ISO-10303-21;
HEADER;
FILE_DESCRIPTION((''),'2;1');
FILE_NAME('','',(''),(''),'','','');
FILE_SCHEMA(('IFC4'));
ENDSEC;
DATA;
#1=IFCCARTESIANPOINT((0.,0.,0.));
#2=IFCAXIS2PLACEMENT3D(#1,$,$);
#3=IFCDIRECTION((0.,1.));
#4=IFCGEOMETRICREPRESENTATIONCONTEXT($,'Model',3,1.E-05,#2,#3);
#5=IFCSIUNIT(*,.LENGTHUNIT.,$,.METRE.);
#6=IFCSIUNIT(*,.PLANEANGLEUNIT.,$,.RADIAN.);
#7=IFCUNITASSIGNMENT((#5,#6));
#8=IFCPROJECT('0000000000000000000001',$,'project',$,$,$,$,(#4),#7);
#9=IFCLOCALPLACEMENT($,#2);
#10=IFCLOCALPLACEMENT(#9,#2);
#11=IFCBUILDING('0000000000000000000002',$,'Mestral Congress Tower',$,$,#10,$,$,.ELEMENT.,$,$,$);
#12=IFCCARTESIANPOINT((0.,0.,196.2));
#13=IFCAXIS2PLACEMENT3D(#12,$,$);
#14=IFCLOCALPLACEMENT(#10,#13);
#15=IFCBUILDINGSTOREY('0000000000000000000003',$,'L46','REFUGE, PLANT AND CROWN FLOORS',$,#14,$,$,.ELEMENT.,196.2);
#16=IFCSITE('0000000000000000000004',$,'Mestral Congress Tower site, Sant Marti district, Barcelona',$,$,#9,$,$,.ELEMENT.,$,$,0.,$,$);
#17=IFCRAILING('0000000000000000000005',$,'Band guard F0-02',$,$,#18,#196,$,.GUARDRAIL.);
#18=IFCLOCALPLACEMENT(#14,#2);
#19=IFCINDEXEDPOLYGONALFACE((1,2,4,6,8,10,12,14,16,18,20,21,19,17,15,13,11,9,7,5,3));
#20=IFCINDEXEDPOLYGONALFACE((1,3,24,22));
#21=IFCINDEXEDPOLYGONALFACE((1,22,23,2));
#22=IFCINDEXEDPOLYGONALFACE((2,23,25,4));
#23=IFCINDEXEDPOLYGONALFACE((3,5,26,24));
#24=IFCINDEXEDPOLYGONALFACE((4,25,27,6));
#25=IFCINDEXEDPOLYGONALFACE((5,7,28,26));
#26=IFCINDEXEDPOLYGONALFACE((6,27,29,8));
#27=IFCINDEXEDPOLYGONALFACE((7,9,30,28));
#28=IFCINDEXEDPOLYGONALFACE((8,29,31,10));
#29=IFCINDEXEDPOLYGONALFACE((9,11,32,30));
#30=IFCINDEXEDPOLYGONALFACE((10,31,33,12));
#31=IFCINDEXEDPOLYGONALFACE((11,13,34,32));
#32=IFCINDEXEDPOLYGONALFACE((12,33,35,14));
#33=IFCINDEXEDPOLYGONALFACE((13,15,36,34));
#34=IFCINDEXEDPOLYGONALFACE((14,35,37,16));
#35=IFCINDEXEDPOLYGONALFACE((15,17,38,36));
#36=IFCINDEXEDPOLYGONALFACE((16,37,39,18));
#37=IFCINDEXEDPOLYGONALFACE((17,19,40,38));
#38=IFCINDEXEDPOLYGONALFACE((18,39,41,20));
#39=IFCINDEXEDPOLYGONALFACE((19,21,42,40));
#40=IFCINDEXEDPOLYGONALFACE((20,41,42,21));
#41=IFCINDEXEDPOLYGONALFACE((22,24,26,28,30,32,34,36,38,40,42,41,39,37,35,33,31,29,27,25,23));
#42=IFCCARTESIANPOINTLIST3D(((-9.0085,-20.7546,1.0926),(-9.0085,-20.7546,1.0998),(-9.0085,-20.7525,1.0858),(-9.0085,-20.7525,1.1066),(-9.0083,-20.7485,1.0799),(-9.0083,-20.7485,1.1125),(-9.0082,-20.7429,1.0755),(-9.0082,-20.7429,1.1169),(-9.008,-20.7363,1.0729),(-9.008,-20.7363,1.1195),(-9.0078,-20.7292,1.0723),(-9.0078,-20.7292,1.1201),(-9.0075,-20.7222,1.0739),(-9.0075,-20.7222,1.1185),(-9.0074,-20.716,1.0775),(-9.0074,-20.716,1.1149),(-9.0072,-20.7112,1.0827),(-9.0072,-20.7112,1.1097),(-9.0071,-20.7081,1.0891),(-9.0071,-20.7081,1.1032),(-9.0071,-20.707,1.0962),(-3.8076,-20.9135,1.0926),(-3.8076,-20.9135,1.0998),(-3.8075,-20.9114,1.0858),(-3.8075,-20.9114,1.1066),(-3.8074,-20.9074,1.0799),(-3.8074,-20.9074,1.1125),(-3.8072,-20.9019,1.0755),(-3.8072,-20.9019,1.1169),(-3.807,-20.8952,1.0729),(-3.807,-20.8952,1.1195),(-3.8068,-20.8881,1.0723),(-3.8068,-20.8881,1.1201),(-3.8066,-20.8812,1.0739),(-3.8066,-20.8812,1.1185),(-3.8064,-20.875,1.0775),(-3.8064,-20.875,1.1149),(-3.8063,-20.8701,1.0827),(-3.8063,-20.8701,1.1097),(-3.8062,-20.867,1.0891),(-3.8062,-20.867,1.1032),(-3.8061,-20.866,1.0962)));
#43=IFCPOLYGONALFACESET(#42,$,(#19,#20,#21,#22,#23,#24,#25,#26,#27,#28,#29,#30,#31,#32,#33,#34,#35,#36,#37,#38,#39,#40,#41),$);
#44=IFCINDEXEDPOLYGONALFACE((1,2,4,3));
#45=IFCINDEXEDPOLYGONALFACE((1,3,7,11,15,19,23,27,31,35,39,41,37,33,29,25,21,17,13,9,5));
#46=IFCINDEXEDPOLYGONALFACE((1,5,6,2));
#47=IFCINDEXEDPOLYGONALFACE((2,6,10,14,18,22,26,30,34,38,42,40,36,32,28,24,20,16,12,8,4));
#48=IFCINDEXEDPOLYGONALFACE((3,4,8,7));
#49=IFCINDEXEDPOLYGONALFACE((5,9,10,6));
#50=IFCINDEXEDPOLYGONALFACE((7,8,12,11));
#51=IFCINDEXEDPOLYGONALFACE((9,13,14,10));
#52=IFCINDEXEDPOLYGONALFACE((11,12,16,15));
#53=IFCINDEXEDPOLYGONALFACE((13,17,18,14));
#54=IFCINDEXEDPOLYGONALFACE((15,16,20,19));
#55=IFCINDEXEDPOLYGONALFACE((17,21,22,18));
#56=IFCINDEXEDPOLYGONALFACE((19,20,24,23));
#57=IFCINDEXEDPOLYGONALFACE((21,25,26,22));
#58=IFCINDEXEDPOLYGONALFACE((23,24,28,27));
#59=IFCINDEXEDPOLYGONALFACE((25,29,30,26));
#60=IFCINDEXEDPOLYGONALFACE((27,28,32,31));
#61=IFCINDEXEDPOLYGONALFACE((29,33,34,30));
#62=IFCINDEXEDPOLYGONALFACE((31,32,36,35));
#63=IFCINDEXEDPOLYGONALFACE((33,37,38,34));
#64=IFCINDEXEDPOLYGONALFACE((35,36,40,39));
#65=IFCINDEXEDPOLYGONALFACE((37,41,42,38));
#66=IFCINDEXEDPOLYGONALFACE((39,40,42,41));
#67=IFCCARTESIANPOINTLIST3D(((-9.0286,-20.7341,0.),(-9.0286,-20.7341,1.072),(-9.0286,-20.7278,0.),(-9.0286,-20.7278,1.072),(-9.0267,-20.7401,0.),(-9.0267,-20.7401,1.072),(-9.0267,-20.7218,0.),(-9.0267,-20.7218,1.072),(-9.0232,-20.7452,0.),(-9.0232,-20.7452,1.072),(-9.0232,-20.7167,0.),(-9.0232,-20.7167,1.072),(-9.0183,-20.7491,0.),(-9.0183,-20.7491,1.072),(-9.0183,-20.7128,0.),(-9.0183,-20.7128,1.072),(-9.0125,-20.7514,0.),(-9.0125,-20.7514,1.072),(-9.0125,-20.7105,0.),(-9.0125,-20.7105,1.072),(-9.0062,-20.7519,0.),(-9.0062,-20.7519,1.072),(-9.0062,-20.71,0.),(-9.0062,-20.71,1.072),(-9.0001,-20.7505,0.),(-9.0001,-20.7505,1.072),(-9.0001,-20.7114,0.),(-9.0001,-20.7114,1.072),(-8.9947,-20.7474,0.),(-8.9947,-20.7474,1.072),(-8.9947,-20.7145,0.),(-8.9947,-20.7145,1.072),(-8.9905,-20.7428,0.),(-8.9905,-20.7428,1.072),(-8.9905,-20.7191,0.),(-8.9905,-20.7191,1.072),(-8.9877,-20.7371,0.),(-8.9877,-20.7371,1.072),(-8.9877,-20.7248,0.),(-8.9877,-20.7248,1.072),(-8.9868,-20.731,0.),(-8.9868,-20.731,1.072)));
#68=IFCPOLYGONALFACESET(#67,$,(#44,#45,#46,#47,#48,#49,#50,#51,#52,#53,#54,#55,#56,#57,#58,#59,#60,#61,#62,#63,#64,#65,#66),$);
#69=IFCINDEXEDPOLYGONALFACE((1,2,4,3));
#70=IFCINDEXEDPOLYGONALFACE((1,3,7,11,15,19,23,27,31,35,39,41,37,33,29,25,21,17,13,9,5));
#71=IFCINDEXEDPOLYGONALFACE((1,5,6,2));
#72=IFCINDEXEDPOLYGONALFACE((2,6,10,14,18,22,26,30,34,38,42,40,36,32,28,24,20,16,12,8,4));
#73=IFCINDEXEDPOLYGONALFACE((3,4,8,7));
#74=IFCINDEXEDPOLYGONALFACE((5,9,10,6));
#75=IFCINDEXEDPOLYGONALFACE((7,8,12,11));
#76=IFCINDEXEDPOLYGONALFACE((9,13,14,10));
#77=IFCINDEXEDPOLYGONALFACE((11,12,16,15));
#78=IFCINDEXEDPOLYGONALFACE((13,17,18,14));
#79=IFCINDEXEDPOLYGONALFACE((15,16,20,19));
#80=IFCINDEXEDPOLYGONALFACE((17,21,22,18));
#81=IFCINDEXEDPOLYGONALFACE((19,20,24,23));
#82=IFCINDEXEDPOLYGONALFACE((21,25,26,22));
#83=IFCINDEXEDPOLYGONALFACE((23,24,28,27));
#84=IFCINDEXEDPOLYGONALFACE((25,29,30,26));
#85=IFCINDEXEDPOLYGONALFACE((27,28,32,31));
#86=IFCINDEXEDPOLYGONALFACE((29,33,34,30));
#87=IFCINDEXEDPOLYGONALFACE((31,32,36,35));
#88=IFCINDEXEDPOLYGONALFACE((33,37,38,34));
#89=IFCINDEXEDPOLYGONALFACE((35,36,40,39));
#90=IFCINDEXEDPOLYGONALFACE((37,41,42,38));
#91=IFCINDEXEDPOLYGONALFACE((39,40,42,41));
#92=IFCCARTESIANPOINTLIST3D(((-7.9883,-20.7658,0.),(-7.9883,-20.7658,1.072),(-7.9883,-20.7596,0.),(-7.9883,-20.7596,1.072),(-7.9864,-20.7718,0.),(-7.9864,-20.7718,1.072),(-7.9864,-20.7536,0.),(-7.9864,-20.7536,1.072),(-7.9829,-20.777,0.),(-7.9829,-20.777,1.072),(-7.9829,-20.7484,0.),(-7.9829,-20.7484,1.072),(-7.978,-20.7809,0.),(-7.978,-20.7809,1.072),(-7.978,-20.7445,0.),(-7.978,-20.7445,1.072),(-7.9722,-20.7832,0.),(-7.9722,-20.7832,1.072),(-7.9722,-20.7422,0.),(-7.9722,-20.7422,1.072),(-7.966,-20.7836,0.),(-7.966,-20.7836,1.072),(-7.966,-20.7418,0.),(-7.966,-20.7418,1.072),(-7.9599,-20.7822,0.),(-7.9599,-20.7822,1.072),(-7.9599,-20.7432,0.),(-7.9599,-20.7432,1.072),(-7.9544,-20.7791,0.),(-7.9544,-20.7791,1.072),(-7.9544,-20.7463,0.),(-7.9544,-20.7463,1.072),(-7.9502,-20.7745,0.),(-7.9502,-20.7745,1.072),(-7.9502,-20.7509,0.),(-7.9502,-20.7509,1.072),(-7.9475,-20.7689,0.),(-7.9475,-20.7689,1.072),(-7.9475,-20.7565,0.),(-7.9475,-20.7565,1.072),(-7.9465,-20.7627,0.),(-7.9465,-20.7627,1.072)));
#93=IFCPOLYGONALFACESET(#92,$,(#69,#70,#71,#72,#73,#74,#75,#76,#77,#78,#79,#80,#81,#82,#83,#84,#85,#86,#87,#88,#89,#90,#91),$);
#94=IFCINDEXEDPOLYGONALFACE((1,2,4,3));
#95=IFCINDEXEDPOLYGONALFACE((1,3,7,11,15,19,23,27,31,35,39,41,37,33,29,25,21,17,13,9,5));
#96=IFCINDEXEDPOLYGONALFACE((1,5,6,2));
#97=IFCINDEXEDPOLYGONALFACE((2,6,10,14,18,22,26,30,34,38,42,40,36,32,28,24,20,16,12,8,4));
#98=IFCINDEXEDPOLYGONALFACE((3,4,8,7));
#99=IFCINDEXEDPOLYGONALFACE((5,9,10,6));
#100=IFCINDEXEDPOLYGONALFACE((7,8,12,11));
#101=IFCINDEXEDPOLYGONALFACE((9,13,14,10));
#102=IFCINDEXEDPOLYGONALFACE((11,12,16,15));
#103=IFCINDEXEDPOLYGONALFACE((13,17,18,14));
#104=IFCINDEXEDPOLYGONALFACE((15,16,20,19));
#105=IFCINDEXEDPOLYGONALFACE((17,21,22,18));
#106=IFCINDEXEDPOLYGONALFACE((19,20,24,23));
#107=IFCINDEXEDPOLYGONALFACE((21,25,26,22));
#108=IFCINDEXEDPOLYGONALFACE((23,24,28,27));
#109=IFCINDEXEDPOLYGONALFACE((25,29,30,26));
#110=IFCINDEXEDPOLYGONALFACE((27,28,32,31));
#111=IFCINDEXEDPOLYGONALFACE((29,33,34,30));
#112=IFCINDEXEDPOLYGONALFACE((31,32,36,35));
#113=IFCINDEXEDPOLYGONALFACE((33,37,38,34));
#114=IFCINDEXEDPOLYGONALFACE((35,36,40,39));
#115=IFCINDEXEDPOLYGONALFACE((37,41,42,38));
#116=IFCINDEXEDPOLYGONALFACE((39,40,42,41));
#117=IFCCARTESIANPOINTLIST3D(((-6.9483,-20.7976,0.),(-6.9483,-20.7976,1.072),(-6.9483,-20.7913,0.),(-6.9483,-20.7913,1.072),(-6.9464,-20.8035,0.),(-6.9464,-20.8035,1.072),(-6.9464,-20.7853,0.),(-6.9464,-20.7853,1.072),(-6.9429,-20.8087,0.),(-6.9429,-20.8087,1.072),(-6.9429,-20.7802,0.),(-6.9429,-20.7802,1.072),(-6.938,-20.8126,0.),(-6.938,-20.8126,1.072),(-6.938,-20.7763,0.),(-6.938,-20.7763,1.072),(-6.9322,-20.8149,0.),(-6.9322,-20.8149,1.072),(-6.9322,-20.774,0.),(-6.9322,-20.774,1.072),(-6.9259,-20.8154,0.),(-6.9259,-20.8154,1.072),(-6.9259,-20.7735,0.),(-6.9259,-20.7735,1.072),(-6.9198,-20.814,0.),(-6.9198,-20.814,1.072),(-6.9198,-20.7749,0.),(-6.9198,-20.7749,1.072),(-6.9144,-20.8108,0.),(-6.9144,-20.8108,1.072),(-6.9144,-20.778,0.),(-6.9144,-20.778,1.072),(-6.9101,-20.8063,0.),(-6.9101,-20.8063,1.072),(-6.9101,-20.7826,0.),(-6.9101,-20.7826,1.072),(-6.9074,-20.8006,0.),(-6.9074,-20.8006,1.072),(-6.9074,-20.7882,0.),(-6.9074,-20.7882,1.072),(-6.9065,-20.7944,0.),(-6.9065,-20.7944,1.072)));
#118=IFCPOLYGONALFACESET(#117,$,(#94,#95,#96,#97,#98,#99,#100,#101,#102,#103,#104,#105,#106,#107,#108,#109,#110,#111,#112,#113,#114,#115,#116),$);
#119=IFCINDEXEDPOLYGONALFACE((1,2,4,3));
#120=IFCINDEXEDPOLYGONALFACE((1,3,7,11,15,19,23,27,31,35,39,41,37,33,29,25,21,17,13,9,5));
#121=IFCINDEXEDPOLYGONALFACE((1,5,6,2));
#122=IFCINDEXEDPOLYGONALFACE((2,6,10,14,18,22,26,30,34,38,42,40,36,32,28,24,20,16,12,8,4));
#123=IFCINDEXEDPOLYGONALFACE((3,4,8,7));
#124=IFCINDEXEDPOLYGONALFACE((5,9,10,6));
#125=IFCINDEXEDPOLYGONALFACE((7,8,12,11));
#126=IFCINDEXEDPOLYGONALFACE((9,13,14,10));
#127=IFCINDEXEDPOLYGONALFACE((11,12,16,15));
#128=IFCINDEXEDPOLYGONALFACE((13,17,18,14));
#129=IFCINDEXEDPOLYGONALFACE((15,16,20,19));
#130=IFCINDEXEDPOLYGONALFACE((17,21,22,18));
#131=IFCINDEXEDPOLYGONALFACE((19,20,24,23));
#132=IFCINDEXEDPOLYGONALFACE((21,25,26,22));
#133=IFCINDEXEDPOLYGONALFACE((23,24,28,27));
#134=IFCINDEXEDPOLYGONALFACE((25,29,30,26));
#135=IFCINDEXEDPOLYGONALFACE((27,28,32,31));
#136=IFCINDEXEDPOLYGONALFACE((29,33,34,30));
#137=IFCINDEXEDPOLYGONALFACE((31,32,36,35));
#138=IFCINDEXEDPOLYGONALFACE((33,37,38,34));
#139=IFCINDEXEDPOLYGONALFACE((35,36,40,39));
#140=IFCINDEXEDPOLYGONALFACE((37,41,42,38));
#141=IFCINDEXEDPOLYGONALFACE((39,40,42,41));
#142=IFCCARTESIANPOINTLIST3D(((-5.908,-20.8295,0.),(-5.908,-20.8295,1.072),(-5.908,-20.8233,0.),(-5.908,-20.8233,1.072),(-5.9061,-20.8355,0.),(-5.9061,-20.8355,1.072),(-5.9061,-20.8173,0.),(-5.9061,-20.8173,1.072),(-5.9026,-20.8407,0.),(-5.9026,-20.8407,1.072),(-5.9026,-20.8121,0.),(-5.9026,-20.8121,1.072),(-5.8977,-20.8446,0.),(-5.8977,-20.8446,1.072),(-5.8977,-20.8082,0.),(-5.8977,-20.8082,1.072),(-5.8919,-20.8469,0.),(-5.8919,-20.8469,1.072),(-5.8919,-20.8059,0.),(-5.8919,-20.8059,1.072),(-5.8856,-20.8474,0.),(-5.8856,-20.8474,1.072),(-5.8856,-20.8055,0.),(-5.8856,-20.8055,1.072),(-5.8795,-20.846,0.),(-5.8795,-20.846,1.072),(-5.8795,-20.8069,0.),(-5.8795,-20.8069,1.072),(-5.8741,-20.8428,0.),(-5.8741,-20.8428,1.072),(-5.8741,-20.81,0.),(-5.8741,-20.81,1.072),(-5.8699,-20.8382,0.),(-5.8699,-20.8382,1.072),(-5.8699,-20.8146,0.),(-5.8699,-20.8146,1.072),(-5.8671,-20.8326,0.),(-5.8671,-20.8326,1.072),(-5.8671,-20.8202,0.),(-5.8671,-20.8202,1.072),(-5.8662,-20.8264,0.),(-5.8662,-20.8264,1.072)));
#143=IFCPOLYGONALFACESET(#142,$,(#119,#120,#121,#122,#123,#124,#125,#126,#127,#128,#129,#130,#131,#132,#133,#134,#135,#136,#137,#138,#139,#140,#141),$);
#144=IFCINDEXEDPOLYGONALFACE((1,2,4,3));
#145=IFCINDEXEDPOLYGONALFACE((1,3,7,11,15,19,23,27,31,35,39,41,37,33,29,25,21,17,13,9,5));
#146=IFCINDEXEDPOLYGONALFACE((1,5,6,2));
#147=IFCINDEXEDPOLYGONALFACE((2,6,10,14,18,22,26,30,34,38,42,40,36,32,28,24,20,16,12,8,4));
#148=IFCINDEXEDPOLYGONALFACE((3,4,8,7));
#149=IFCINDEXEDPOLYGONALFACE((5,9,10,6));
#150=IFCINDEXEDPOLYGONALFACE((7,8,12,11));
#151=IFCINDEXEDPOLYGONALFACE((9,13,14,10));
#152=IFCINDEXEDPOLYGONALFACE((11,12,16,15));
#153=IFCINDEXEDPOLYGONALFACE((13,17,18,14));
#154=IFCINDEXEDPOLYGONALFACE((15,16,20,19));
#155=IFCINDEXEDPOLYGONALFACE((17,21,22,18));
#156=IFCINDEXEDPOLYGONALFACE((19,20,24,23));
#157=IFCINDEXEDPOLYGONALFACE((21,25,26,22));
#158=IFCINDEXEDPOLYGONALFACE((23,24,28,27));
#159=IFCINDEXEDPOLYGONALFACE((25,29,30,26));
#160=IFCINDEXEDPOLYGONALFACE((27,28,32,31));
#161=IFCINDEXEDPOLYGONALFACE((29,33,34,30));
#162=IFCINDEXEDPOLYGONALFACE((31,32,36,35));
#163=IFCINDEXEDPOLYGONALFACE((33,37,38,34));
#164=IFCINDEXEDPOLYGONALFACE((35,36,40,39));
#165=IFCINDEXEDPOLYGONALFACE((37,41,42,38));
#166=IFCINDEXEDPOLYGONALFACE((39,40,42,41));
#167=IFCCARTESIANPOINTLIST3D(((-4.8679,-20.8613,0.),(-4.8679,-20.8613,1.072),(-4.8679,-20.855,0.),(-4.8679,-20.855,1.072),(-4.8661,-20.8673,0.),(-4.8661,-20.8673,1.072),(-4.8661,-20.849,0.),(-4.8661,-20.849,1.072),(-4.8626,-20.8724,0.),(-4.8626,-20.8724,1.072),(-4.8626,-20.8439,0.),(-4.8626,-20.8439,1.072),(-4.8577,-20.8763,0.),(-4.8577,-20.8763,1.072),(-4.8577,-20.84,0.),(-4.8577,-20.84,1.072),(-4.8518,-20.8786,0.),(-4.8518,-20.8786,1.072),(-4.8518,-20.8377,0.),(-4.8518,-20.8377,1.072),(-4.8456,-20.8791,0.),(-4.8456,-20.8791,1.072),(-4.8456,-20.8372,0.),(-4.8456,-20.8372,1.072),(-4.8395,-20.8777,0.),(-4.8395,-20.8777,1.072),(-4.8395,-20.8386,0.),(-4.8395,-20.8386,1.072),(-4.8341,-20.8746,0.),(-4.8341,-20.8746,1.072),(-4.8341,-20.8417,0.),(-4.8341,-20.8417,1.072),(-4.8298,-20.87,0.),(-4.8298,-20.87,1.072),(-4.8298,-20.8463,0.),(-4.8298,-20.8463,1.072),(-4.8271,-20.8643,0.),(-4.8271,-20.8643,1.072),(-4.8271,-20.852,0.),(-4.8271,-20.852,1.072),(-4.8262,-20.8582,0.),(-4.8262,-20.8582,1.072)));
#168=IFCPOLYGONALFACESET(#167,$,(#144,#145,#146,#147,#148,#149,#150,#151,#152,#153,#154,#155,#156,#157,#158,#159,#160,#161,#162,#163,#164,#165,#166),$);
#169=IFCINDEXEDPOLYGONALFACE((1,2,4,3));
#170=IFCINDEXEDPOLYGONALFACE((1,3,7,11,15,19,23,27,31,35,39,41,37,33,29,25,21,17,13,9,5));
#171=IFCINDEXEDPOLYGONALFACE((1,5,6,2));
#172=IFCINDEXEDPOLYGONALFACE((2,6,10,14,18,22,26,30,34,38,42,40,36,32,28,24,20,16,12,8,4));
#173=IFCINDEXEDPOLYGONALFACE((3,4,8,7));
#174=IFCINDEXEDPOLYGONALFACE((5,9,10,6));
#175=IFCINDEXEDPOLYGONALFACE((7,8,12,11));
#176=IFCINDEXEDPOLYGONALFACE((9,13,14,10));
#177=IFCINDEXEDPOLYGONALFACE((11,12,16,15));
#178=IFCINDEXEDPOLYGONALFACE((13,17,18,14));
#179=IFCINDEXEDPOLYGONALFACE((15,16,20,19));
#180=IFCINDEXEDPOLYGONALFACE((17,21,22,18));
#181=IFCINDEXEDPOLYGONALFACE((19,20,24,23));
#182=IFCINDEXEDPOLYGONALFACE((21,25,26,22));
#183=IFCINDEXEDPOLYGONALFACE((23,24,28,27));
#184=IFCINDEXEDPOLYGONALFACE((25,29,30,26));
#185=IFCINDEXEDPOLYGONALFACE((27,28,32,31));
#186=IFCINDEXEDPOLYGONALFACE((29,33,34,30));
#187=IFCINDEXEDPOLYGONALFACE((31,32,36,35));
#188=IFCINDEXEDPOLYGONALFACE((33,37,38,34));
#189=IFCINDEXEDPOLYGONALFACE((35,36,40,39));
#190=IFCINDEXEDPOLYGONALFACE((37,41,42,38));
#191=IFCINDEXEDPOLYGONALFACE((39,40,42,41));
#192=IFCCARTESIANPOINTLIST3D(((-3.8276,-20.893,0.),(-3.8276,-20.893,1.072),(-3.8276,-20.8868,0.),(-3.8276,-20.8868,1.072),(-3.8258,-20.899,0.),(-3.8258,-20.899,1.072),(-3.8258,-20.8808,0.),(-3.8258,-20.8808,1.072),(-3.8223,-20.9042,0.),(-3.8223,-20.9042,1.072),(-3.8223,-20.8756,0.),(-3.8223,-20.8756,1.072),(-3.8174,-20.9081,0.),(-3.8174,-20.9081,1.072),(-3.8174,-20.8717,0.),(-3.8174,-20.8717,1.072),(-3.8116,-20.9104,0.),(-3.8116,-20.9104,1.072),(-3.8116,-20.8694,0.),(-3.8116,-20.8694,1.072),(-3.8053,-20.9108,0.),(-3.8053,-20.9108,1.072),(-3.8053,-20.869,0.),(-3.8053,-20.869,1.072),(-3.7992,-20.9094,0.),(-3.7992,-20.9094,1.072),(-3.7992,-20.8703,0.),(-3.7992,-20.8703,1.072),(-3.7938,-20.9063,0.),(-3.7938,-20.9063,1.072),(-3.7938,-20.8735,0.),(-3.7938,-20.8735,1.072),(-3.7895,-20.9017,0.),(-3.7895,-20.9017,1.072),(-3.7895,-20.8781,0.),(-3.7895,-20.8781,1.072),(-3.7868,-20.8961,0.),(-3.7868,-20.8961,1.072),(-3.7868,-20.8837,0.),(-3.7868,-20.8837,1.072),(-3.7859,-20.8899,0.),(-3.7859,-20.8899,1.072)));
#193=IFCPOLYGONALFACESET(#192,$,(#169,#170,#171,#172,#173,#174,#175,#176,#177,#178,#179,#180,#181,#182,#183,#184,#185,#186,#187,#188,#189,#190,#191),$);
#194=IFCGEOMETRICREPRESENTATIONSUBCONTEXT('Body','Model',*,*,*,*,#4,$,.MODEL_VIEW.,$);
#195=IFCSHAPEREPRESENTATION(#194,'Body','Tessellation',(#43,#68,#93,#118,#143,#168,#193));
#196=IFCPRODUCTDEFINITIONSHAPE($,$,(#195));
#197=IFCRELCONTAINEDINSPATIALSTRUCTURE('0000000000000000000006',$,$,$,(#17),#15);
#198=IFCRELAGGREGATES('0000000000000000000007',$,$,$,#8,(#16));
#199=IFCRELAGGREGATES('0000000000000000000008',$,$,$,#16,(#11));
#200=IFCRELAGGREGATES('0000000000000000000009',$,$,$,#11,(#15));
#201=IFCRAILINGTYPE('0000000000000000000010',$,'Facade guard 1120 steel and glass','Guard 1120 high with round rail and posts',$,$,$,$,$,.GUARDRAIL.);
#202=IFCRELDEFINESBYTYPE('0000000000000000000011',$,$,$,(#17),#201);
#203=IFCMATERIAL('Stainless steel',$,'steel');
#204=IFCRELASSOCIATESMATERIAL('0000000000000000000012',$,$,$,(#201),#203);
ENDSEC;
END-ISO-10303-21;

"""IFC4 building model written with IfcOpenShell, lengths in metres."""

from ifc_helpers import new_model, si_unit, direction, frame, origin, origin_2d, place, context, subcontext, project, spatial, circle, extrude, material, type_object, element, save


model = new_model("IFC4")

# Units and contexts
model_context = context("Model", 3, precision=1e-05, world=origin(), true_north=direction((0.0, 1.0)))
body_context = subcontext(model_context, "Body", "Model", "MODEL_VIEW")
ifc_project = project(units=[si_unit("LENGTHUNIT", "METRE"), si_unit("PLANEANGLEUNIT", "RADIAN")], contexts=[model_context])

# Site, building, storey
site_placement = place(None, origin())
site = spatial("IfcSite", under=ifc_project, at=site_placement, Name="Mestral Congress Tower site, Sant Marti district, Barcelona", CompositionType="ELEMENT", RefElevation=0.0)
building_placement = place(site_placement, origin())
building = spatial("IfcBuilding", under=site, at=building_placement, Name="Mestral Congress Tower", CompositionType="ELEMENT")
storey_placement = place(building_placement, frame((0.0, 0.0, 196.2)))
storey = spatial("IfcBuildingStorey", under=building, at=storey_placement, Name="L46", Description="REFUGE, PLANT AND CROWN FLOORS", CompositionType="ELEMENT", Elevation=196.2)

# Railing
ifc_material_1 = material(Name="Stainless steel", Category="steel")
railing_type = type_object("IfcRailingType", Name="Facade guard 1120 steel and glass", Description="Guard 1120 high with round rail and posts", PredefinedType="GUARDRAIL", material=ifc_material_1)
railing_1_placement = place(storey_placement, frame((-9.0078, -20.731, 0.0)))
element("IfcRailing", 1, at=railing_1_placement, inside=storey, type_object=railing_type, Name="Band guard F0-02", PredefinedType="GUARDRAIL", context=body_context, shape_type="SweptSolid", body=[
    extrude(circle(Radius=0.0239, at=origin_2d()), frame((0.0, 0.0, 1.0962), z_axis=(0.999533, -0.030545, 0.0), x_axis=(0.030545, 0.999533, 0.0)), (0.0, 0.0, 1.0), 5.2034),
    extrude(circle(Radius=0.021, at=origin_2d()), origin(), (0.0, 0.0, 1.0), 1.072),
    extrude(circle(Radius=0.021, at=origin_2d()), frame((1.0403, -0.0317, 0.0)), (0.0, 0.0, 1.0), 1.072),
    extrude(circle(Radius=0.021, at=origin_2d()), frame((2.0803, -0.0635, 0.0)), (0.0, 0.0, 1.0), 1.072),
    extrude(circle(Radius=0.021, at=origin_2d()), frame((3.1206, -0.0955, 0.0)), (0.0, 0.0, 1.0), 1.072),
    extrude(circle(Radius=0.021, at=origin_2d()), frame((4.1606, -0.1272, 0.0)), (0.0, 0.0, 1.0), 1.072),
    extrude(circle(Radius=0.021, at=origin_2d()), frame((5.2009, -0.1589, 0.0)), (0.0, 0.0, 1.0), 1.072),
])

save(model, "model.ifc")
